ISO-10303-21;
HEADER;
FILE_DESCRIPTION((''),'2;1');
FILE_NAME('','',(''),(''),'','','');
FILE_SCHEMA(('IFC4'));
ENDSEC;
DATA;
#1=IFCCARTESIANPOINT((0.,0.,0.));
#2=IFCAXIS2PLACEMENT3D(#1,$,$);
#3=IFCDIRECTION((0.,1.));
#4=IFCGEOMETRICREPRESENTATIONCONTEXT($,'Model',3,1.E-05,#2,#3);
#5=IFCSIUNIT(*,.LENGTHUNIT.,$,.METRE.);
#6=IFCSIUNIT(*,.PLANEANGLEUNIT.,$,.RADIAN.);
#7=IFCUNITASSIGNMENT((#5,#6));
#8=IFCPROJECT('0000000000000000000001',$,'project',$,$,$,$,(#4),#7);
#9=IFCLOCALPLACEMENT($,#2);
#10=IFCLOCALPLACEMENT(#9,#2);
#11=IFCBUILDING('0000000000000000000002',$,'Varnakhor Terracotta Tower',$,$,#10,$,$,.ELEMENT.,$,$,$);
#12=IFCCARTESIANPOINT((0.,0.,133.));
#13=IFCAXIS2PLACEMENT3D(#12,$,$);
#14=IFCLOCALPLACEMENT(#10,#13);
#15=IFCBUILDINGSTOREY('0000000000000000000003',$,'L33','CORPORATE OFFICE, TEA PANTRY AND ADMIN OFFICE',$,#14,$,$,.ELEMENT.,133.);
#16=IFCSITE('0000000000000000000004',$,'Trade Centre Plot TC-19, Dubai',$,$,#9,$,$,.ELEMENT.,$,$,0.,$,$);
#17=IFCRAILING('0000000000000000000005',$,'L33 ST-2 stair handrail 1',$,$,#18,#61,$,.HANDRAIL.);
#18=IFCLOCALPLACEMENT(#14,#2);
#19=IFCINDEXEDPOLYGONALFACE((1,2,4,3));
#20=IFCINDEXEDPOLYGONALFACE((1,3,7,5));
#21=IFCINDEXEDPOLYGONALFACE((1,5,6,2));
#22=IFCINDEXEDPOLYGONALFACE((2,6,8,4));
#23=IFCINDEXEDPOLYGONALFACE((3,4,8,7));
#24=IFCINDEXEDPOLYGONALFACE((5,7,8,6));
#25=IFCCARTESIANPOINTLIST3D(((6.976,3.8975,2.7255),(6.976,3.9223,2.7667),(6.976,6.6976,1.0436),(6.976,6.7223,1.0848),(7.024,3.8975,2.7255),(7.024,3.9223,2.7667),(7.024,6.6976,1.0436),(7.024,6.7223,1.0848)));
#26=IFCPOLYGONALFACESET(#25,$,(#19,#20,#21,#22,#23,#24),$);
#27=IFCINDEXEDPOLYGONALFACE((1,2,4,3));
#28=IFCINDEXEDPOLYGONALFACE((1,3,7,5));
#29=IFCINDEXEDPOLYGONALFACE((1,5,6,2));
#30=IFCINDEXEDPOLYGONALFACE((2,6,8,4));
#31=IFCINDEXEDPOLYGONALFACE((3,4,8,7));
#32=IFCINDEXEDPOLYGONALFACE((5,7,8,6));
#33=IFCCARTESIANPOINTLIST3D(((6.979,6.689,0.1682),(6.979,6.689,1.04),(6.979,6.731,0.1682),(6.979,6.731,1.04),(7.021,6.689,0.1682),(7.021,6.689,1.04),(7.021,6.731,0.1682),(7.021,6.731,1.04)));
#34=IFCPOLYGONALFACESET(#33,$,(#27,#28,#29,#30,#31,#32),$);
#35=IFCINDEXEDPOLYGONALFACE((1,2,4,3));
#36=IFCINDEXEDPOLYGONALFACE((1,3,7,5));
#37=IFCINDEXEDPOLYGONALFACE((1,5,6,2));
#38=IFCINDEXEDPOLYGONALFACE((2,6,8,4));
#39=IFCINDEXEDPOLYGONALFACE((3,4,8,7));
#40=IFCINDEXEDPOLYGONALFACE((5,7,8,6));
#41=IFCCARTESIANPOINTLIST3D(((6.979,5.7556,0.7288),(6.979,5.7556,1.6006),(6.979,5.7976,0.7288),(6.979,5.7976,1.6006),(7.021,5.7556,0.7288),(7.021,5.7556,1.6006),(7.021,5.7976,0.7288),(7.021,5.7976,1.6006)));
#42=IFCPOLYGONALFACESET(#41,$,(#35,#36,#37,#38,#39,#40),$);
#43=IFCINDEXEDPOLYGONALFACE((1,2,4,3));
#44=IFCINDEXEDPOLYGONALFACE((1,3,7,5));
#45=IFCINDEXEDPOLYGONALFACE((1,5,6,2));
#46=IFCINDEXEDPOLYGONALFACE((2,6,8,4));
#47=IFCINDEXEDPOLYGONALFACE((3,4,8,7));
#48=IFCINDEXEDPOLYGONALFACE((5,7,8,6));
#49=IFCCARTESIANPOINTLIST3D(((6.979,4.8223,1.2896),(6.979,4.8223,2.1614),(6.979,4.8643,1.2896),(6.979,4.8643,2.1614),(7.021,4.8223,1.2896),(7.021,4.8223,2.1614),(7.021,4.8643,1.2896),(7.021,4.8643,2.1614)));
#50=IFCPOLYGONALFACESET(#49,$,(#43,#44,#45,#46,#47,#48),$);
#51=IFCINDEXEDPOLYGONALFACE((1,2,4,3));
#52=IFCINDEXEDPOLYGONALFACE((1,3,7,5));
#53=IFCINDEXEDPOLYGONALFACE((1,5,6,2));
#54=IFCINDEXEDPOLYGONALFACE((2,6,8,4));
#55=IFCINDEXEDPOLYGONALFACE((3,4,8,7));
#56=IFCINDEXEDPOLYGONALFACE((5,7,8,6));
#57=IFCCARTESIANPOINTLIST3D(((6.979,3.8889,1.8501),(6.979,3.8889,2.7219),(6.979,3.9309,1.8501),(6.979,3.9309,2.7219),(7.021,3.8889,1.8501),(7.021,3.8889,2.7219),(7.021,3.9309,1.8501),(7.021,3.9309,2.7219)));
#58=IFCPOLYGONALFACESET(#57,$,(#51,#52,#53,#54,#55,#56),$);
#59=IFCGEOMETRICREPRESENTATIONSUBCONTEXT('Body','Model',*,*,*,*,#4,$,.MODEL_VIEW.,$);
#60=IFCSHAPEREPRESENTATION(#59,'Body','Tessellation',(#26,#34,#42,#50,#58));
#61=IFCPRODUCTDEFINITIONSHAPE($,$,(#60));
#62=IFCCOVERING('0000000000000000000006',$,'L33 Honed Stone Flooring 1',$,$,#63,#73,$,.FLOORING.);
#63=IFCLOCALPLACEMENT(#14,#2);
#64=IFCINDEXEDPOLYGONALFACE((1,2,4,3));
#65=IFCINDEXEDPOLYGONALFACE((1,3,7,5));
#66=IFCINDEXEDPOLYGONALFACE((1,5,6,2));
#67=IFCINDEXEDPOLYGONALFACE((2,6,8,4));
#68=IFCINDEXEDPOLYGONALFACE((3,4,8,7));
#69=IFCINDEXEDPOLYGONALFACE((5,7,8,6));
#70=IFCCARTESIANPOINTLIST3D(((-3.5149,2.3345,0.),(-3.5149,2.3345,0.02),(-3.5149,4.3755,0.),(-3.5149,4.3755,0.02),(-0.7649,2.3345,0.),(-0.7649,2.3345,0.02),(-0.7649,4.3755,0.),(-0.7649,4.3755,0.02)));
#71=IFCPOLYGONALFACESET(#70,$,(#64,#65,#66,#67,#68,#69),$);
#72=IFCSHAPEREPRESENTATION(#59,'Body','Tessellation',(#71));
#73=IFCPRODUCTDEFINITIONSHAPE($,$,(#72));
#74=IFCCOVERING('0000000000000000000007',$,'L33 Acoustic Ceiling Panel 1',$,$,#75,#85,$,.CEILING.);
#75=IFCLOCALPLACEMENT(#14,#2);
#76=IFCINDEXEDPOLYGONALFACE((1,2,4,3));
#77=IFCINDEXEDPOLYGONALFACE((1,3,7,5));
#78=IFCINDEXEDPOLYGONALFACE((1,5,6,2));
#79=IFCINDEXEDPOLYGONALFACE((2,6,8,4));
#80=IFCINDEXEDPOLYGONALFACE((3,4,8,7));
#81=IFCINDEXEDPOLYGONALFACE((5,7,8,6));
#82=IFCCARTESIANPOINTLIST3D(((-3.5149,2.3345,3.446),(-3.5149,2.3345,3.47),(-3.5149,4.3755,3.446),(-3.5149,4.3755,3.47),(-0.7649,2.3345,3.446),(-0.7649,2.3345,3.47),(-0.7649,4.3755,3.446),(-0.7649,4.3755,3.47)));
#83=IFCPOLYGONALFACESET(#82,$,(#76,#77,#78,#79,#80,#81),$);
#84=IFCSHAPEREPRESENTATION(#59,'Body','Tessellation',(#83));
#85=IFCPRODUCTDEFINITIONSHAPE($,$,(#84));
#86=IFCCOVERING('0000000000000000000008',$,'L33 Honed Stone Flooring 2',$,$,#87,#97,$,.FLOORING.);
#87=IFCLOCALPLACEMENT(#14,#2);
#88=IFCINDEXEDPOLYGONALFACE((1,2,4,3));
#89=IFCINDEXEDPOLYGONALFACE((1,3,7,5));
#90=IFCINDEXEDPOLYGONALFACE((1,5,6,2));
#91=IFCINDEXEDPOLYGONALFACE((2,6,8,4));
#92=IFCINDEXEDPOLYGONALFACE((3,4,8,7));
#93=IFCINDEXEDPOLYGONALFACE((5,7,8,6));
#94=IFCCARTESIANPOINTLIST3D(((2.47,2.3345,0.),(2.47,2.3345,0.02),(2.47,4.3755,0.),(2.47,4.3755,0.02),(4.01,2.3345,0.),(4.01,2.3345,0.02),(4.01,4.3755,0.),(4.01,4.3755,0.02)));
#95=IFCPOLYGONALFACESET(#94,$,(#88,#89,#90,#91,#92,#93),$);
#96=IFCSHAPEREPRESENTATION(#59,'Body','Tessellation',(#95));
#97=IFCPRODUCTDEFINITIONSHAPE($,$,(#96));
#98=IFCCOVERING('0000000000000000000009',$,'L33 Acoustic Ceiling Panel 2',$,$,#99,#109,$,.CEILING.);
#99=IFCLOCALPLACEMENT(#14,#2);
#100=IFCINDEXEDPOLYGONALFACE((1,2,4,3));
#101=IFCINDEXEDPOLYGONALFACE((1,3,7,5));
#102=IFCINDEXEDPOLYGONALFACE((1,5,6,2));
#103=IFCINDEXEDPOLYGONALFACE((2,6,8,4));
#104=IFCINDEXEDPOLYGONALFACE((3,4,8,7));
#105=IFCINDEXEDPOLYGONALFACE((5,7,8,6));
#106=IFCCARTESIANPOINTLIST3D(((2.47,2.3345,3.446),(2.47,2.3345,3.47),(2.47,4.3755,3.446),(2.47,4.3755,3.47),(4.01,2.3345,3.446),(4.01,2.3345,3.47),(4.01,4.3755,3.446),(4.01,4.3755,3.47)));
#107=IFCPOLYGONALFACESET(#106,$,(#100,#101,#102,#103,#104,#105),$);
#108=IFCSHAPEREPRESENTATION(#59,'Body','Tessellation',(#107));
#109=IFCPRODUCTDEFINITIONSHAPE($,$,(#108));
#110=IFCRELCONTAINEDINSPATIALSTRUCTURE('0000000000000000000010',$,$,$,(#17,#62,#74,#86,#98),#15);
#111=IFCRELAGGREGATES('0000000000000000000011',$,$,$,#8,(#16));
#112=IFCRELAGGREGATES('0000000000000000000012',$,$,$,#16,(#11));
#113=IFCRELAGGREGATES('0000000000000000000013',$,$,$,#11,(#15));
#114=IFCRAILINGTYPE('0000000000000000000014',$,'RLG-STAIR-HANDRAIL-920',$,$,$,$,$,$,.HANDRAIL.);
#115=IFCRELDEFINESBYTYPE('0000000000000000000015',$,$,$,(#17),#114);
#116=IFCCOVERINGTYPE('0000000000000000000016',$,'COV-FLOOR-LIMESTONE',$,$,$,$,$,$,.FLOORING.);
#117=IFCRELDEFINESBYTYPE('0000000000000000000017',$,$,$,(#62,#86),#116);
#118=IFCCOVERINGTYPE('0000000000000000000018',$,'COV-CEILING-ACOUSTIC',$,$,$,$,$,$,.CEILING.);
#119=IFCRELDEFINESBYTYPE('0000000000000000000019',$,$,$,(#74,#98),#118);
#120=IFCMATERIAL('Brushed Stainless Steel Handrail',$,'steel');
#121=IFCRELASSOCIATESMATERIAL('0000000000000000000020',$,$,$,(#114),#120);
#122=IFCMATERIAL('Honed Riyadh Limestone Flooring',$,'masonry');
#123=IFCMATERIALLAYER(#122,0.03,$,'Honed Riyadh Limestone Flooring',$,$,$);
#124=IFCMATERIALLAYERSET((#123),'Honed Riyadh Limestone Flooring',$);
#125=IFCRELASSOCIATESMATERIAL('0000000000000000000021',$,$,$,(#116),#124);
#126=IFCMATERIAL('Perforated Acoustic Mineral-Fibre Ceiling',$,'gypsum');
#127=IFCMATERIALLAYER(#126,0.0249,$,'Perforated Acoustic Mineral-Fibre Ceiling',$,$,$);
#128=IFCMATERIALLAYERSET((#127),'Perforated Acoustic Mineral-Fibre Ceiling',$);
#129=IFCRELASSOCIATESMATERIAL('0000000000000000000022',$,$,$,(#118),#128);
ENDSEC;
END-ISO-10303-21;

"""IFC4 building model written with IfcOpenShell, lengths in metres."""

from ifc_helpers import new_model, si_unit, direction, frame, origin, origin_2d, place, context, subcontext, project, spatial, rectangle, extrude, source, transform, mapped, material, layer, layer_set, type_object, element, save


model = new_model("IFC4")

# Units and contexts
model_context = context("Model", 3, precision=1e-05, world=origin(), true_north=direction((0.0, 1.0)))
body_context = subcontext(model_context, "Body", "Model", "MODEL_VIEW")
ifc_project = project(units=[si_unit("LENGTHUNIT", "METRE"), si_unit("PLANEANGLEUNIT", "RADIAN")], contexts=[model_context])

# Site, building, storey
site_placement = place(None, origin())
site = spatial("IfcSite", under=ifc_project, at=site_placement, Name="Trade Centre Plot TC-19, Dubai", CompositionType="ELEMENT", RefElevation=0.0)
building_placement = place(site_placement, origin())
building = spatial("IfcBuilding", under=site, at=building_placement, Name="Varnakhor Terracotta Tower", CompositionType="ELEMENT")
storey_placement = place(building_placement, frame((0.0, 0.0, 133.0)))
storey = spatial("IfcBuildingStorey", under=building, at=storey_placement, Name="L33", Description="CORPORATE OFFICE, TEA PANTRY AND ADMIN OFFICE", CompositionType="ELEMENT", Elevation=133.0)

# Railing
ifc_material_1 = material(Name="Brushed Stainless Steel Handrail", Category="steel")
railing_type_1 = type_object("IfcRailingType", Name="RLG-STAIR-HANDRAIL-920", PredefinedType="HANDRAIL", material=ifc_material_1)
railing_1_placement = place(storey_placement, frame((7.0, 6.71, 0.1682)))
element("IfcRailing", 1, at=railing_1_placement, inside=storey, type_object=railing_type_1, Name="L33 ST-2 stair handrail 1", PredefinedType="HANDRAIL", context=body_context, shape_type="SweptSolid", body=[
    extrude(rectangle(XDim=0.0481, YDim=0.0481, at=origin_2d()), frame((0.0, 0.0, 0.896), z_axis=(0.0, -0.857242, 0.514913), x_axis=(1.0, 0.0, 0.0)), (0.0, 0.0, 1.0), 3.2664),
    extrude(rectangle(XDim=0.042, YDim=0.042, at=origin_2d()), origin(), (0.0, 0.0, 1.0), 0.8718),
    extrude(rectangle(XDim=0.042, YDim=0.042, at=origin_2d()), frame((0.0, -0.9333, 0.5605)), (0.0, 0.0, 1.0), 0.8718),
    extrude(rectangle(XDim=0.042, YDim=0.042, at=origin_2d()), frame((0.0, -1.8667, 1.1213)), (0.0, 0.0, 1.0), 0.8718),
    extrude(rectangle(XDim=0.042, YDim=0.042, at=origin_2d()), frame((0.0, -2.8, 1.6819)), (0.0, 0.0, 1.0), 0.8718),
])

# Coverings
ifc_material_2 = material(Name="Honed Riyadh Limestone Flooring", Category="masonry")
ifc_layer_1 = layer(ifc_material_2, 0.03, Name="Honed Riyadh Limestone Flooring")
ifc_layer_set_1 = layer_set([ifc_layer_1], Name="Honed Riyadh Limestone Flooring")
covering_type_1 = type_object("IfcCoveringType", Name="COV-FLOOR-LIMESTONE", PredefinedType="FLOORING", material=ifc_layer_set_1)
shared_shape_1 = source(origin(), body_context, "Body", "SweptSolid", [
    extrude(rectangle(XDim=2.75, YDim=2.041, at=origin_2d()), origin(), (0.0, 0.0, 1.0), 0.02),
])
covering_1_placement = place(storey_placement, frame((-2.1399, 3.355, 0.0), z_axis=(0.0, 0.0, 1.0), x_axis=(1.0, 0.0, 0.0)))
element("IfcCovering", 2, at=covering_1_placement, inside=storey, type_object=covering_type_1, Name="L33 Honed Stone Flooring 1", PredefinedType="FLOORING", context=body_context, shape_type="MappedRepresentation", body=[
    mapped(shared_shape_1, transform((0.0, 0.0, 0.0), scale=1.0)),
])
ifc_material_3 = material(Name="Perforated Acoustic Mineral-Fibre Ceiling", Category="gypsum")
ifc_layer_2 = layer(ifc_material_3, 0.0249, Name="Perforated Acoustic Mineral-Fibre Ceiling")
ifc_layer_set_2 = layer_set([ifc_layer_2], Name="Perforated Acoustic Mineral-Fibre Ceiling")
covering_type_2 = type_object("IfcCoveringType", Name="COV-CEILING-ACOUSTIC", PredefinedType="CEILING", material=ifc_layer_set_2)
shared_shape_2 = source(origin(), body_context, "Body", "SweptSolid", [
    extrude(rectangle(XDim=2.75, YDim=2.041, at=origin_2d()), origin(), (0.0, 0.0, 1.0), 0.0239),
])
covering_2_placement = place(storey_placement, frame((-2.1399, 3.355, 3.446), z_axis=(0.0, 0.0, 1.0), x_axis=(1.0, 0.0, 0.0)))
element("IfcCovering", 3, at=covering_2_placement, inside=storey, type_object=covering_type_2, Name="L33 Acoustic Ceiling Panel 1", PredefinedType="CEILING", context=body_context, shape_type="MappedRepresentation", body=[
    mapped(shared_shape_2, transform((0.0, 0.0, 0.0), scale=1.0)),
])
shared_shape_3 = source(origin(), body_context, "Body", "SweptSolid", [
    extrude(rectangle(XDim=1.54, YDim=2.041, at=origin_2d()), origin(), (0.0, 0.0, 1.0), 0.02),
])
covering_3_placement = place(storey_placement, frame((3.24, 3.355, 0.0), z_axis=(0.0, 0.0, 1.0), x_axis=(1.0, 0.0, 0.0)))
element("IfcCovering", 4, at=covering_3_placement, inside=storey, type_object=covering_type_1, Name="L33 Honed Stone Flooring 2", PredefinedType="FLOORING", context=body_context, shape_type="MappedRepresentation", body=[
    mapped(shared_shape_3, transform((0.0, 0.0, 0.0), scale=1.0)),
])
shared_shape_4 = source(origin(), body_context, "Body", "SweptSolid", [
    extrude(rectangle(XDim=1.54, YDim=2.041, at=origin_2d()), origin(), (0.0, 0.0, 1.0), 0.0239),
])
covering_4_placement = place(storey_placement, frame((3.24, 3.355, 3.446), z_axis=(0.0, 0.0, 1.0), x_axis=(1.0, 0.0, 0.0)))
element("IfcCovering", 5, at=covering_4_placement, inside=storey, type_object=covering_type_2, Name="L33 Acoustic Ceiling Panel 2", PredefinedType="CEILING", context=body_context, shape_type="MappedRepresentation", body=[
    mapped(shared_shape_4, transform((0.0, 0.0, 0.0), scale=1.0)),
])

save(model, "model.ifc")
